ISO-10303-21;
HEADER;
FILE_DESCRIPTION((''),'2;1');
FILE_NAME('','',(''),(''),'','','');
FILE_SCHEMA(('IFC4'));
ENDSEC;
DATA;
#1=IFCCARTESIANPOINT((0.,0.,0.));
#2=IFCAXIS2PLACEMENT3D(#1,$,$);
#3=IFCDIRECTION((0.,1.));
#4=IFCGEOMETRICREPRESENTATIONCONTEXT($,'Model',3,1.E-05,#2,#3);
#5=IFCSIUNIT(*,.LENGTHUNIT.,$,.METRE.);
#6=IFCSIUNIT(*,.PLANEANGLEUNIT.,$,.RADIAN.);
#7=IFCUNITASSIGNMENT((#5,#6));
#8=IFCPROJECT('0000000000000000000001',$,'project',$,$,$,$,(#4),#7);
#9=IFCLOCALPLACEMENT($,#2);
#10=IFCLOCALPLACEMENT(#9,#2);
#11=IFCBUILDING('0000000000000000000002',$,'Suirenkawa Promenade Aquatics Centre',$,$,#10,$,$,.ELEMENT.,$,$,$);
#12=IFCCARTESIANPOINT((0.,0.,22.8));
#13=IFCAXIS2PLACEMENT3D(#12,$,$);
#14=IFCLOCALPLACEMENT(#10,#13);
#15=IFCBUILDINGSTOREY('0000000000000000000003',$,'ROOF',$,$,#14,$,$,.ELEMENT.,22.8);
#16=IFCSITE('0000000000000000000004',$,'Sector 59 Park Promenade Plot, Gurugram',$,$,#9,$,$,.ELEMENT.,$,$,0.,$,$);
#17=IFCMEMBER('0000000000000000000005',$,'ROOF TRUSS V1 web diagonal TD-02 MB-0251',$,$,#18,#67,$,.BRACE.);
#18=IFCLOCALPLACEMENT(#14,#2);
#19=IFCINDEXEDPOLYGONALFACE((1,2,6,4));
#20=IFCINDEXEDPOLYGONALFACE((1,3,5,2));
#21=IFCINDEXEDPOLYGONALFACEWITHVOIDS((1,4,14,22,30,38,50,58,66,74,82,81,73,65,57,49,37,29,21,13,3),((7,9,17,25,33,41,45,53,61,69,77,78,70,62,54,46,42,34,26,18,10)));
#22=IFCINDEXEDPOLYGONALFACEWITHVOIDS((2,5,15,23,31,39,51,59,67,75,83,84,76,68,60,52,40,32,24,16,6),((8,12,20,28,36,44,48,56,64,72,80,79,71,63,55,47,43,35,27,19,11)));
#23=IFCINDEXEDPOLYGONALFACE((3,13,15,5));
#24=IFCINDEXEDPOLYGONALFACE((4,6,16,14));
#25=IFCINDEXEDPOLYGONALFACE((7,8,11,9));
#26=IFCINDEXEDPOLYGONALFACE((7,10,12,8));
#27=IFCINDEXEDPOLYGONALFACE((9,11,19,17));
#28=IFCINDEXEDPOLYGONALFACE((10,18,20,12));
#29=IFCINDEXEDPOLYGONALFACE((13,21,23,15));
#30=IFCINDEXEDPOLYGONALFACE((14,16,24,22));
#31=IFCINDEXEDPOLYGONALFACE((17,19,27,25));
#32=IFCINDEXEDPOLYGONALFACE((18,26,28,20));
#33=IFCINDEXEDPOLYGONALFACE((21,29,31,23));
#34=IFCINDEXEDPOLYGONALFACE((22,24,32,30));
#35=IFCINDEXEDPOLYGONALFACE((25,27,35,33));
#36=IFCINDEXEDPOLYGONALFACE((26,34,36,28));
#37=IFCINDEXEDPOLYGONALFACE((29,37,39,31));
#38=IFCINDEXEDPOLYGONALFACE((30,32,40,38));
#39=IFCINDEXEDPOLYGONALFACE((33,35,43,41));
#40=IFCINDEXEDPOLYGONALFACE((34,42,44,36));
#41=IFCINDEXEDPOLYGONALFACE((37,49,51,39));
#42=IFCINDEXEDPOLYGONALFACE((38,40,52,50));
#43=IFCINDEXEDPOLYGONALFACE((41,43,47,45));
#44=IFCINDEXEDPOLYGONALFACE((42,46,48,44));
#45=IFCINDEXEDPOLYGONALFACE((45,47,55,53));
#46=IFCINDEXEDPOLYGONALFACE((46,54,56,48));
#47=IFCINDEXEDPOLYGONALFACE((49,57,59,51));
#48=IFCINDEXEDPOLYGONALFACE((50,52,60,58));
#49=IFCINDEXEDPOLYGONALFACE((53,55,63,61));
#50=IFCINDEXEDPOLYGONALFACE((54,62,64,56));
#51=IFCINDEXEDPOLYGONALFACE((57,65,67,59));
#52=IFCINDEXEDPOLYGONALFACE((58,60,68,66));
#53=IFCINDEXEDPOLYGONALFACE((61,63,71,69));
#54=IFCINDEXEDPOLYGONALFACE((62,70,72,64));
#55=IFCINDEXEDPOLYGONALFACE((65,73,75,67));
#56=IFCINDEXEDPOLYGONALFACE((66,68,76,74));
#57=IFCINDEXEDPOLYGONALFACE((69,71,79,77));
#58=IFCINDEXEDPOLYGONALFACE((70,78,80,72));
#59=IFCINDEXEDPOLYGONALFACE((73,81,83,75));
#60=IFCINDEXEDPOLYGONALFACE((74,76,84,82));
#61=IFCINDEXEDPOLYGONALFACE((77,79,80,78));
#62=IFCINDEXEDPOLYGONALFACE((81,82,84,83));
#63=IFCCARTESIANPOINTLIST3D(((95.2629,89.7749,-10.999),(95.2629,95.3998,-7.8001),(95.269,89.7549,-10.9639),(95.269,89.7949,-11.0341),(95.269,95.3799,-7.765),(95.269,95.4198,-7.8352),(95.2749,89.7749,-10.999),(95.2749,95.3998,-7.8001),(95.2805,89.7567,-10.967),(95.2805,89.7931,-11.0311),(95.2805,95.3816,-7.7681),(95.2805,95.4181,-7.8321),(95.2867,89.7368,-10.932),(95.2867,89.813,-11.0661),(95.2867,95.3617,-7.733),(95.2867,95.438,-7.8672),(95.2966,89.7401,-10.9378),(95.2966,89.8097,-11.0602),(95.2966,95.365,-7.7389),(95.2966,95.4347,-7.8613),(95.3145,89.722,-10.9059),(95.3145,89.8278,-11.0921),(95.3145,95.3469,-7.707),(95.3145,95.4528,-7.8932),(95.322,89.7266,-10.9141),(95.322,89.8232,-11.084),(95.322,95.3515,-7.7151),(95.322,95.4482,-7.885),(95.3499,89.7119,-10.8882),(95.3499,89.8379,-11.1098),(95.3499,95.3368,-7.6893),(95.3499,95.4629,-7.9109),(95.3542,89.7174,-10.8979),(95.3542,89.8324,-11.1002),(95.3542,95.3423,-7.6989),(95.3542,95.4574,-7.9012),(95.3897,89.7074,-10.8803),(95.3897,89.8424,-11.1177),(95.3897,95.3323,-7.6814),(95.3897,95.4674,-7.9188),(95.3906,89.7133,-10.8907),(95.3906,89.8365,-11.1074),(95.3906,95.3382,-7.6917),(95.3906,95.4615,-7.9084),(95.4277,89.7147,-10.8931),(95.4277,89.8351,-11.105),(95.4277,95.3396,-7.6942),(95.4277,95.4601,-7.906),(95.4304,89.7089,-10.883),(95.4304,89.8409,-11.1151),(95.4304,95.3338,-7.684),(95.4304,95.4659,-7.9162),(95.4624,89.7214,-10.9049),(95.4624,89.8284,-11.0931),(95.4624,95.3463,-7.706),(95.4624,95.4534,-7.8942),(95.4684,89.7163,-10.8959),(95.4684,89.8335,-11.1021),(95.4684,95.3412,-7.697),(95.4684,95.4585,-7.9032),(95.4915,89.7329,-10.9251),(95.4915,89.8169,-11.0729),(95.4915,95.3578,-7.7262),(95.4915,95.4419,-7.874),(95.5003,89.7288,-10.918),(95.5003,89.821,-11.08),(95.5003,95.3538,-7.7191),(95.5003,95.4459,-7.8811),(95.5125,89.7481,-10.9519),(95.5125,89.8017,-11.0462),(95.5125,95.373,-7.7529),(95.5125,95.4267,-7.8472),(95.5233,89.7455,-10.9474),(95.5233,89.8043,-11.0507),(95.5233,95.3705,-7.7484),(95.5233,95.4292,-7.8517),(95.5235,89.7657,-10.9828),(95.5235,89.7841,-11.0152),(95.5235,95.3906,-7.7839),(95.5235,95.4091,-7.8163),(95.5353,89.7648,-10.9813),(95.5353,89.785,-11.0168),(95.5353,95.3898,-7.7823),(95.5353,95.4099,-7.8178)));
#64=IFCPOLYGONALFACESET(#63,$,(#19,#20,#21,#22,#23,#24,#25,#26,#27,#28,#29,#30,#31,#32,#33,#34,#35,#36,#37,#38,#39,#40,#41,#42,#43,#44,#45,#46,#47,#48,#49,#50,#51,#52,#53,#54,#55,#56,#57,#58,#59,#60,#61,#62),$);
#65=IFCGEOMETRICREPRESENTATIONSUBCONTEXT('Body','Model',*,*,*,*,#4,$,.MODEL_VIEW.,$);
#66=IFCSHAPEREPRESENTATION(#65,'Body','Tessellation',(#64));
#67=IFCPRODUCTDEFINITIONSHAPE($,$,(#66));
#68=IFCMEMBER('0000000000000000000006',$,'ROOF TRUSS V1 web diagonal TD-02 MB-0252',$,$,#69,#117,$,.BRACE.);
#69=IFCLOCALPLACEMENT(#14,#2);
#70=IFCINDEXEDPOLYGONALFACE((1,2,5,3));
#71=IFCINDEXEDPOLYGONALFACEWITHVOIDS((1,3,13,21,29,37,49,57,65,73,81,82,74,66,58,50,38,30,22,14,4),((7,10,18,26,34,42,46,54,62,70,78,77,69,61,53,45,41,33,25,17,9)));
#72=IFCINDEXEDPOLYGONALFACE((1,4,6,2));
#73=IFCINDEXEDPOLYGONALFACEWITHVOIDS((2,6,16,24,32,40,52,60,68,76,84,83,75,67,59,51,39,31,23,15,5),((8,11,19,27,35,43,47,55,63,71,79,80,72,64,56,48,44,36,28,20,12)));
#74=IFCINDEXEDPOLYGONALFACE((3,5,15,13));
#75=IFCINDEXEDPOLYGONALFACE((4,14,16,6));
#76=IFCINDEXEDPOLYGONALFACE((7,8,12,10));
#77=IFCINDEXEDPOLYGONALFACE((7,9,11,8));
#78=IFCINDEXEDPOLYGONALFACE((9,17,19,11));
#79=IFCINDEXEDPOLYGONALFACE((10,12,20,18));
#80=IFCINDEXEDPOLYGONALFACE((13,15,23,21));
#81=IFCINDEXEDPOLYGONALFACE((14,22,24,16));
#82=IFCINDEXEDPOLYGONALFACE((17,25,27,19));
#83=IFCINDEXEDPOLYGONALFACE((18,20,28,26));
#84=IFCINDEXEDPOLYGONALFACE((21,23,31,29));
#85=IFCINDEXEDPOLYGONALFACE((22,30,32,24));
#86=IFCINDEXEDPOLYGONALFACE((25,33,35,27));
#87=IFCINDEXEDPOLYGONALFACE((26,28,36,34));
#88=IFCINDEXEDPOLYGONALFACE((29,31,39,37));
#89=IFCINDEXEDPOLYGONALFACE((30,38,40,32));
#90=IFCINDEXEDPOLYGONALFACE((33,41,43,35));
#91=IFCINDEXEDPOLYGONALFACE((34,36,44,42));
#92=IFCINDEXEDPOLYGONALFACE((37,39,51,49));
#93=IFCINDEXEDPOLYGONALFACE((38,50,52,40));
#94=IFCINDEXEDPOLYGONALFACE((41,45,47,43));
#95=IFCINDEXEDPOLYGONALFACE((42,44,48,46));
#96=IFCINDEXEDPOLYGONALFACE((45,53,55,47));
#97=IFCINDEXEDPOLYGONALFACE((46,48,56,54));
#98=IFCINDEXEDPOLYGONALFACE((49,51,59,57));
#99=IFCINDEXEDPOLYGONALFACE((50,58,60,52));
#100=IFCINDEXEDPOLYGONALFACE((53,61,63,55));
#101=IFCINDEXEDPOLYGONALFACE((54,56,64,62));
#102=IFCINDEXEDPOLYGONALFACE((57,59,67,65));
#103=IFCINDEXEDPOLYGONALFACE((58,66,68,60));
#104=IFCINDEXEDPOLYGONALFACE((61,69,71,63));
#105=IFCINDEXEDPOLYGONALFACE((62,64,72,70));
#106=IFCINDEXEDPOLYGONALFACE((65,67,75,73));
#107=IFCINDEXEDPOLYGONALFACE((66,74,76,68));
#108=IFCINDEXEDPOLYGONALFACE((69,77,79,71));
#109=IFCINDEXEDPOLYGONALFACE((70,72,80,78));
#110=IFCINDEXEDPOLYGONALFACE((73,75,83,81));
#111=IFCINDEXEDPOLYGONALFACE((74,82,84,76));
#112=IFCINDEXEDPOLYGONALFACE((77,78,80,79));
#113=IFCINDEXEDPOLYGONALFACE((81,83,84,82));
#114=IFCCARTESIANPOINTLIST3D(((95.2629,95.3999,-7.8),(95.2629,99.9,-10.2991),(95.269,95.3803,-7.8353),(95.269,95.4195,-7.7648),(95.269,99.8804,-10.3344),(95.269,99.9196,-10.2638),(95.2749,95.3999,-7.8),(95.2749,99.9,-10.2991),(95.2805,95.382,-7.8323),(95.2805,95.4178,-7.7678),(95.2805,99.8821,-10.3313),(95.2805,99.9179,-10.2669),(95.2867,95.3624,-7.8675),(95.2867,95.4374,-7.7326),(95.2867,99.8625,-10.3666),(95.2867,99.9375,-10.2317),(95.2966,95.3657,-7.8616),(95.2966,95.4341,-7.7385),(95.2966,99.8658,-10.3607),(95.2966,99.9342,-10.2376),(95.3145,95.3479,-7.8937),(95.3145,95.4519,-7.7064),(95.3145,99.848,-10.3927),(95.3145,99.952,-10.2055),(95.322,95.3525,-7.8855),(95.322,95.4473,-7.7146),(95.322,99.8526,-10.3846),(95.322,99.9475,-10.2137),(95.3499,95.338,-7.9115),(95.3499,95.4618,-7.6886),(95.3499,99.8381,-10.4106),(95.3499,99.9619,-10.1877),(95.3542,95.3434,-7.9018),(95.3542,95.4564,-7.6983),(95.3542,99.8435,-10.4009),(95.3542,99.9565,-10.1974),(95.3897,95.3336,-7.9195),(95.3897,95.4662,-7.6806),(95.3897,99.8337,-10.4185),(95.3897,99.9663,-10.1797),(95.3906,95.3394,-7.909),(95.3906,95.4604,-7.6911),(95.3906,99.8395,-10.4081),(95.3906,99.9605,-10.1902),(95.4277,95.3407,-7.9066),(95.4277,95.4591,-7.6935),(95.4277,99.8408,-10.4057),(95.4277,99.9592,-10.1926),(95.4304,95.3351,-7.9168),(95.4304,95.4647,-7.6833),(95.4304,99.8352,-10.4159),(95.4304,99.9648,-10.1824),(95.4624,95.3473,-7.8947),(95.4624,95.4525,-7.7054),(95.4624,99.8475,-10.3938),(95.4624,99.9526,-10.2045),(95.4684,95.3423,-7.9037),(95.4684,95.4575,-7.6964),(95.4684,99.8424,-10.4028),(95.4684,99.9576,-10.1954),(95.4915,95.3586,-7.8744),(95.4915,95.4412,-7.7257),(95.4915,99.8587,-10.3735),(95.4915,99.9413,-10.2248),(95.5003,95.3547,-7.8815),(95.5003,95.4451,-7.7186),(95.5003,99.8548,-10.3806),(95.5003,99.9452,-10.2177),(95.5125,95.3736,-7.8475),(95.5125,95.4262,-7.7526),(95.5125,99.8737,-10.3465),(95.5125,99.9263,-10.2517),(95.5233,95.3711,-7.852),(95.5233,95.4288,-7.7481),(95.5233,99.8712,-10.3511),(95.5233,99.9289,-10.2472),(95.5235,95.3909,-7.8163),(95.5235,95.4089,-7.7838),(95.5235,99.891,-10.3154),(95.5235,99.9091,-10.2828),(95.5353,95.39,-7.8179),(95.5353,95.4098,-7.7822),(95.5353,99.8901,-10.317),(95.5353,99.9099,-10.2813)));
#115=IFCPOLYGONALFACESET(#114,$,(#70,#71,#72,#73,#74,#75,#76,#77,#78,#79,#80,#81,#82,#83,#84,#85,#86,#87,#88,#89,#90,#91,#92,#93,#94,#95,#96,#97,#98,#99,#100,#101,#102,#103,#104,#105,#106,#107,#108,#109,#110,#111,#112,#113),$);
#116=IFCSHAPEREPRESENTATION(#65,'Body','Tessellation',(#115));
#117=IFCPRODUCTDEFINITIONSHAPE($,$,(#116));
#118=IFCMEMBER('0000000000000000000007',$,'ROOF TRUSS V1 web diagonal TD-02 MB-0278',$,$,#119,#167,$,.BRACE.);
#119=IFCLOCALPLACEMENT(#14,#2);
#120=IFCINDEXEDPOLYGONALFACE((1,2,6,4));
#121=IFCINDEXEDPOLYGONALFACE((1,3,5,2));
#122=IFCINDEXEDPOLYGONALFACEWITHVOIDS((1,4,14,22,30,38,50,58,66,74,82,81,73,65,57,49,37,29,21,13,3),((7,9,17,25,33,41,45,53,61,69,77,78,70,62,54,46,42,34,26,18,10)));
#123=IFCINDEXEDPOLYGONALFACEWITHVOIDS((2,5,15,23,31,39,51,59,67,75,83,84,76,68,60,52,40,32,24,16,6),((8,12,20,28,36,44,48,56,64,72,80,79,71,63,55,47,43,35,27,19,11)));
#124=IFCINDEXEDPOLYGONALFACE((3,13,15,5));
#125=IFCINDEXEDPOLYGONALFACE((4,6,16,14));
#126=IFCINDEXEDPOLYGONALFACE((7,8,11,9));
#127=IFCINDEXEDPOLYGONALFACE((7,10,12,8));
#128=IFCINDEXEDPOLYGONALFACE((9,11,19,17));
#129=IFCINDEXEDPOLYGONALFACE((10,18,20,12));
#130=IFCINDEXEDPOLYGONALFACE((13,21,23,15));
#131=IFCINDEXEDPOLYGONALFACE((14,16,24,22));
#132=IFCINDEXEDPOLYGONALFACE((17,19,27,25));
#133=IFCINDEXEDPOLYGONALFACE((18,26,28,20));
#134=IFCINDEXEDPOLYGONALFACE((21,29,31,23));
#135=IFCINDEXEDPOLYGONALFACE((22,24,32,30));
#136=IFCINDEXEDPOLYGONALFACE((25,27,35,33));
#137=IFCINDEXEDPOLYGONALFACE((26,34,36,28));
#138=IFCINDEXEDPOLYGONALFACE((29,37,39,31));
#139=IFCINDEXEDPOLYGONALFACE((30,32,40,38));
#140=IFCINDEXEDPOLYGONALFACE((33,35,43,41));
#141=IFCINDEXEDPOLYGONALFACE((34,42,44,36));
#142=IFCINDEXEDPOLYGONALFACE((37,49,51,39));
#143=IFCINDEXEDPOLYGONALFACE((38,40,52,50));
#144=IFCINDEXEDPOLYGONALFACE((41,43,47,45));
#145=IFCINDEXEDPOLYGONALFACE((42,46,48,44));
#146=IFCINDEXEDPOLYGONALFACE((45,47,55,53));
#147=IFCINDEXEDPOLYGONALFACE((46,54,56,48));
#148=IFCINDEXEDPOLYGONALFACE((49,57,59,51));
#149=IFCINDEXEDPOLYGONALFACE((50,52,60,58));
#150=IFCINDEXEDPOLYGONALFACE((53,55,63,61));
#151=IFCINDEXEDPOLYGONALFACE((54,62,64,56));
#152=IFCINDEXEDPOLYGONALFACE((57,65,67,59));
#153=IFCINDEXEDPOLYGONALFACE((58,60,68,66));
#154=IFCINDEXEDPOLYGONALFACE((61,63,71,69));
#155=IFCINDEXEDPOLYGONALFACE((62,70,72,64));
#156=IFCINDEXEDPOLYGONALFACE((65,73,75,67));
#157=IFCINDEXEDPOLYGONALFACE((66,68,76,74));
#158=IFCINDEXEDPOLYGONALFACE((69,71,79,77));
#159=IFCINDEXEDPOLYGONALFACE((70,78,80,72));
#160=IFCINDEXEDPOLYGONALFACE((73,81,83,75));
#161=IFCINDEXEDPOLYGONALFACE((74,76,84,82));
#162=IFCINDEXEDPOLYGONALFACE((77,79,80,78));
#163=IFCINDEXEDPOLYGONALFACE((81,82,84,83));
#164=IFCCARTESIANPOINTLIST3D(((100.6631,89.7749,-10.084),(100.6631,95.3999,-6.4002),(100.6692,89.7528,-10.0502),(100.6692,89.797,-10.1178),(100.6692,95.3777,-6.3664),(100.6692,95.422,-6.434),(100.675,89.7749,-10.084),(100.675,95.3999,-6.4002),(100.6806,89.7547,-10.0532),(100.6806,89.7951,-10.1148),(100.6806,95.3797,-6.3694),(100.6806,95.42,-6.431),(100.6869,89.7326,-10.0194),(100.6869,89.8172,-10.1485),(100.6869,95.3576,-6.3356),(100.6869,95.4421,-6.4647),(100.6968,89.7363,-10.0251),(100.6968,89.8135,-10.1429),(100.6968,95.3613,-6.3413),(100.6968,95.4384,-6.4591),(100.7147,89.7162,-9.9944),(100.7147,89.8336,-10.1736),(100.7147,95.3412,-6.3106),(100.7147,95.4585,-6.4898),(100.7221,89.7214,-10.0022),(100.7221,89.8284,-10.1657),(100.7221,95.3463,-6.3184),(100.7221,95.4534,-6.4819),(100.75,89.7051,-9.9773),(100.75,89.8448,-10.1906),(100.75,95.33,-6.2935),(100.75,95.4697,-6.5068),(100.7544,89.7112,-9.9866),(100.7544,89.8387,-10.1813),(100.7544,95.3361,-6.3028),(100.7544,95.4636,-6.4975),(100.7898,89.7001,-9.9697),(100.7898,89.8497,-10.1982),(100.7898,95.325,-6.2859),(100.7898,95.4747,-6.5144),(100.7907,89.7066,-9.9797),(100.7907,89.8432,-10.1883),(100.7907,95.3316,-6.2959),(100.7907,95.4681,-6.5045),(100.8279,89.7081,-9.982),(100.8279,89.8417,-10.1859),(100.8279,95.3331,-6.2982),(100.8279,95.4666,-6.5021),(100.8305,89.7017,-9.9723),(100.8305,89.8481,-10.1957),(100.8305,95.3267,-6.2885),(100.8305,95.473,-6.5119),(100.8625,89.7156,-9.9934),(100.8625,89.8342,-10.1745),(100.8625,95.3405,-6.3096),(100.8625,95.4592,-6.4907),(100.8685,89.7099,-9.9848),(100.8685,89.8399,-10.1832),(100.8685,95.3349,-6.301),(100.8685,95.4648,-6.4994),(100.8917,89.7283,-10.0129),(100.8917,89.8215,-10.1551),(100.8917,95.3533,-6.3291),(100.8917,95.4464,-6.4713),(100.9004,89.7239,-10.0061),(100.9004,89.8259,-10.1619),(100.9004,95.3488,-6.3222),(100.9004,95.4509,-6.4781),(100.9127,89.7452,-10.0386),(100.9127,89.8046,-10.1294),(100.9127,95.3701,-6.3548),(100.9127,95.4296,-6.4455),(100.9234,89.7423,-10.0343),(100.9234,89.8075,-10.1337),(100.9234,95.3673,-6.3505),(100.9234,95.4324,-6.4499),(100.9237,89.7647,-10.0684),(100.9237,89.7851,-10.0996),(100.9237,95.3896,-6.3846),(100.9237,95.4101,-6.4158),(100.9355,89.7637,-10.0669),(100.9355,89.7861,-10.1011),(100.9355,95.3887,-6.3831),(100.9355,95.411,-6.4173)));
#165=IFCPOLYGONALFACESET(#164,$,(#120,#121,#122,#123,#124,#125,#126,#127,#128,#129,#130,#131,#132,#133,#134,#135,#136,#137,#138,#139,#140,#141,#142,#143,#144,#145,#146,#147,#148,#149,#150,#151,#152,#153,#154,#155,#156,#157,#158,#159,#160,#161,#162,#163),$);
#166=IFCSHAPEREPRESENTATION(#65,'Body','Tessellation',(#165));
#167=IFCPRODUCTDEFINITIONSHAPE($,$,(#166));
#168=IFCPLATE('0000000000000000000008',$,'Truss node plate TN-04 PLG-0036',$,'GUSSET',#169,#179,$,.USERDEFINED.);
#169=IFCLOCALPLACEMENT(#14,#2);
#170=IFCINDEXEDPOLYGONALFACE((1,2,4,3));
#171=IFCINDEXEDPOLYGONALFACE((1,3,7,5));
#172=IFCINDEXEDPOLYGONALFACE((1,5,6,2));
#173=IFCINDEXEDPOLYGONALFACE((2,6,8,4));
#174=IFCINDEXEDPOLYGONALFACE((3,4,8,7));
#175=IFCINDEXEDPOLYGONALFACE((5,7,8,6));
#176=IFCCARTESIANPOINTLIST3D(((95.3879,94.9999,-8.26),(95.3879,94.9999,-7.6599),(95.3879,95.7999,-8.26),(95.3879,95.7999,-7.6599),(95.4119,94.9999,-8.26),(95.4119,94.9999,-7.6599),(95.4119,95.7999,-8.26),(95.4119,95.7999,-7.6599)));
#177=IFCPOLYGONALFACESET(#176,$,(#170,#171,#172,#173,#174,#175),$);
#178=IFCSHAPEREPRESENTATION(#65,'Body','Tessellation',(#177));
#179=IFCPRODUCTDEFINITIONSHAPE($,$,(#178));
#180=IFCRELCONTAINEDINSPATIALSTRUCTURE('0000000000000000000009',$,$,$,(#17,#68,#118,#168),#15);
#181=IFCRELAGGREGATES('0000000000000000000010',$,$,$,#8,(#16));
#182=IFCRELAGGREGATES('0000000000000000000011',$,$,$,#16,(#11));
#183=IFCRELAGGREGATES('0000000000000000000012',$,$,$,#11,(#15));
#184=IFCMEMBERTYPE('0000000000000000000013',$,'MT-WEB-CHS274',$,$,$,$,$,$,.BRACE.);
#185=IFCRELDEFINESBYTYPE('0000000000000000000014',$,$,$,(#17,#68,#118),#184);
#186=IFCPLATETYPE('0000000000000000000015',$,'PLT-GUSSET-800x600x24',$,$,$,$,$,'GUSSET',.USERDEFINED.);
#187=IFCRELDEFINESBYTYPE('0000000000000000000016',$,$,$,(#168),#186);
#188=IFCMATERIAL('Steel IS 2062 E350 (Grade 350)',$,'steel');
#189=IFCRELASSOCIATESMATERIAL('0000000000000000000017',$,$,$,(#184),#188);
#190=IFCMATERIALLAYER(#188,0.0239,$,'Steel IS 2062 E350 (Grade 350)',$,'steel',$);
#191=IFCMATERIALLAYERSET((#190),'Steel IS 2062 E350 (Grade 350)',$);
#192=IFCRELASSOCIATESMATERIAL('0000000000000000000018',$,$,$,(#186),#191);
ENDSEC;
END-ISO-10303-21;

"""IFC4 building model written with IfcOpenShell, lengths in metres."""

from ifc_helpers import new_model, si_unit, direction, frame, origin, origin_2d, place, context, subcontext, project, spatial, rectangle, hollow_circle, extrude, material, layer, layer_set, material_profile, profile_set, type_object, element, save


model = new_model("IFC4")

# Units and contexts
model_context = context("Model", 3, precision=1e-05, world=origin(), true_north=direction((0.0, 1.0)))
body_context = subcontext(model_context, "Body", "Model", "MODEL_VIEW")
ifc_project = project(units=[si_unit("LENGTHUNIT", "METRE"), si_unit("PLANEANGLEUNIT", "RADIAN")], contexts=[model_context])

# Site, building, storey
site_placement = place(None, origin())
site = spatial("IfcSite", under=ifc_project, at=site_placement, Name="Sector 59 Park Promenade Plot, Gurugram", CompositionType="ELEMENT", RefElevation=0.0)
building_placement = place(site_placement, origin())
building = spatial("IfcBuilding", under=site, at=building_placement, Name="Suirenkawa Promenade Aquatics Centre", CompositionType="ELEMENT")
storey_placement = place(building_placement, frame((0.0, 0.0, 22.8)))
storey = spatial("IfcBuildingStorey", under=building, at=storey_placement, Name="ROOF", CompositionType="ELEMENT", Elevation=22.8)

# Shared definitions
ifc_material = material(Name="Steel IS 2062 E350 (Grade 350)", Category="steel")

# Members
ifc_material_profile_1 = material_profile(ifc_material, hollow_circle(Radius=0.137, WallThickness=0.012, at=origin_2d()), Name="CHS 274x12", Category="steel")
ifc_profile_set_1 = profile_set([ifc_material_profile_1], Name="Steel IS 2062 E350 (Grade 350)")
member_type_1 = type_object("IfcMemberType", Name="MT-WEB-CHS274", PredefinedType="BRACE", material=ifc_profile_set_1)
member_1_placement = place(storey_placement, frame((95.3999, 89.7749, -10.999), z_axis=(0.0, 0.869261, 0.494354), x_axis=(-1.0, 0.0, 0.0)))
element("IfcMember", 1, at=member_1_placement, inside=storey, type_object=member_type_1, Name="ROOF TRUSS V1 web diagonal TD-02 MB-0251", PredefinedType="BRACE", context=body_context, shape_type="SweptSolid", body=[
    extrude(hollow_circle(Radius=0.137, WallThickness=0.012, at=origin_2d()), origin(), (0.0, 0.0, 1.0), 6.4709),
])
member_2_placement = place(storey_placement, frame((95.3999, 95.3999, -7.8), z_axis=(0.0, 0.874238, -0.485498), x_axis=(-1.0, 0.0, 0.0)))
element("IfcMember", 2, at=member_2_placement, inside=storey, type_object=member_type_1, Name="ROOF TRUSS V1 web diagonal TD-02 MB-0252", PredefinedType="BRACE", context=body_context, shape_type="SweptSolid", body=[
    extrude(hollow_circle(Radius=0.137, WallThickness=0.012, at=origin_2d()), origin(), (0.0, 0.0, 1.0), 5.1475),
])
member_3_placement = place(storey_placement, frame((100.8, 89.7749, -10.084), z_axis=(0.0, 0.836564, 0.547869), x_axis=(-1.0, 0.0, 0.0)))
element("IfcMember", 3, at=member_3_placement, inside=storey, type_object=member_type_1, Name="ROOF TRUSS V1 web diagonal TD-02 MB-0278", PredefinedType="BRACE", context=body_context, shape_type="SweptSolid", body=[
    extrude(hollow_circle(Radius=0.137, WallThickness=0.012, at=origin_2d()), origin(), (0.0, 0.0, 1.0), 6.7239),
])

# Plate
ifc_layer = layer(ifc_material, 0.0239, Name="Steel IS 2062 E350 (Grade 350)", Category="steel")
ifc_layer_set = layer_set([ifc_layer], Name="Steel IS 2062 E350 (Grade 350)")
plate_type = type_object("IfcPlateType", Name="PLT-GUSSET-800x600x24", ElementType="GUSSET", PredefinedType="USERDEFINED", material=ifc_layer_set)
plate_placement = place(storey_placement, frame((95.3999, 95.3999, -8.26), z_axis=(0.0, 0.0, 1.0), x_axis=(0.0, 1.0, 0.0)))
element("IfcPlate", 4, at=plate_placement, inside=storey, type_object=plate_type, Name="Truss node plate TN-04 PLG-0036", ObjectType="GUSSET", PredefinedType="USERDEFINED", context=body_context, shape_type="SweptSolid", body=[
    extrude(rectangle(XDim=0.8, YDim=0.0239, at=origin_2d()), origin(), (0.0, 0.0, 1.0), 0.6001),
])

save(model, "model.ifc")
